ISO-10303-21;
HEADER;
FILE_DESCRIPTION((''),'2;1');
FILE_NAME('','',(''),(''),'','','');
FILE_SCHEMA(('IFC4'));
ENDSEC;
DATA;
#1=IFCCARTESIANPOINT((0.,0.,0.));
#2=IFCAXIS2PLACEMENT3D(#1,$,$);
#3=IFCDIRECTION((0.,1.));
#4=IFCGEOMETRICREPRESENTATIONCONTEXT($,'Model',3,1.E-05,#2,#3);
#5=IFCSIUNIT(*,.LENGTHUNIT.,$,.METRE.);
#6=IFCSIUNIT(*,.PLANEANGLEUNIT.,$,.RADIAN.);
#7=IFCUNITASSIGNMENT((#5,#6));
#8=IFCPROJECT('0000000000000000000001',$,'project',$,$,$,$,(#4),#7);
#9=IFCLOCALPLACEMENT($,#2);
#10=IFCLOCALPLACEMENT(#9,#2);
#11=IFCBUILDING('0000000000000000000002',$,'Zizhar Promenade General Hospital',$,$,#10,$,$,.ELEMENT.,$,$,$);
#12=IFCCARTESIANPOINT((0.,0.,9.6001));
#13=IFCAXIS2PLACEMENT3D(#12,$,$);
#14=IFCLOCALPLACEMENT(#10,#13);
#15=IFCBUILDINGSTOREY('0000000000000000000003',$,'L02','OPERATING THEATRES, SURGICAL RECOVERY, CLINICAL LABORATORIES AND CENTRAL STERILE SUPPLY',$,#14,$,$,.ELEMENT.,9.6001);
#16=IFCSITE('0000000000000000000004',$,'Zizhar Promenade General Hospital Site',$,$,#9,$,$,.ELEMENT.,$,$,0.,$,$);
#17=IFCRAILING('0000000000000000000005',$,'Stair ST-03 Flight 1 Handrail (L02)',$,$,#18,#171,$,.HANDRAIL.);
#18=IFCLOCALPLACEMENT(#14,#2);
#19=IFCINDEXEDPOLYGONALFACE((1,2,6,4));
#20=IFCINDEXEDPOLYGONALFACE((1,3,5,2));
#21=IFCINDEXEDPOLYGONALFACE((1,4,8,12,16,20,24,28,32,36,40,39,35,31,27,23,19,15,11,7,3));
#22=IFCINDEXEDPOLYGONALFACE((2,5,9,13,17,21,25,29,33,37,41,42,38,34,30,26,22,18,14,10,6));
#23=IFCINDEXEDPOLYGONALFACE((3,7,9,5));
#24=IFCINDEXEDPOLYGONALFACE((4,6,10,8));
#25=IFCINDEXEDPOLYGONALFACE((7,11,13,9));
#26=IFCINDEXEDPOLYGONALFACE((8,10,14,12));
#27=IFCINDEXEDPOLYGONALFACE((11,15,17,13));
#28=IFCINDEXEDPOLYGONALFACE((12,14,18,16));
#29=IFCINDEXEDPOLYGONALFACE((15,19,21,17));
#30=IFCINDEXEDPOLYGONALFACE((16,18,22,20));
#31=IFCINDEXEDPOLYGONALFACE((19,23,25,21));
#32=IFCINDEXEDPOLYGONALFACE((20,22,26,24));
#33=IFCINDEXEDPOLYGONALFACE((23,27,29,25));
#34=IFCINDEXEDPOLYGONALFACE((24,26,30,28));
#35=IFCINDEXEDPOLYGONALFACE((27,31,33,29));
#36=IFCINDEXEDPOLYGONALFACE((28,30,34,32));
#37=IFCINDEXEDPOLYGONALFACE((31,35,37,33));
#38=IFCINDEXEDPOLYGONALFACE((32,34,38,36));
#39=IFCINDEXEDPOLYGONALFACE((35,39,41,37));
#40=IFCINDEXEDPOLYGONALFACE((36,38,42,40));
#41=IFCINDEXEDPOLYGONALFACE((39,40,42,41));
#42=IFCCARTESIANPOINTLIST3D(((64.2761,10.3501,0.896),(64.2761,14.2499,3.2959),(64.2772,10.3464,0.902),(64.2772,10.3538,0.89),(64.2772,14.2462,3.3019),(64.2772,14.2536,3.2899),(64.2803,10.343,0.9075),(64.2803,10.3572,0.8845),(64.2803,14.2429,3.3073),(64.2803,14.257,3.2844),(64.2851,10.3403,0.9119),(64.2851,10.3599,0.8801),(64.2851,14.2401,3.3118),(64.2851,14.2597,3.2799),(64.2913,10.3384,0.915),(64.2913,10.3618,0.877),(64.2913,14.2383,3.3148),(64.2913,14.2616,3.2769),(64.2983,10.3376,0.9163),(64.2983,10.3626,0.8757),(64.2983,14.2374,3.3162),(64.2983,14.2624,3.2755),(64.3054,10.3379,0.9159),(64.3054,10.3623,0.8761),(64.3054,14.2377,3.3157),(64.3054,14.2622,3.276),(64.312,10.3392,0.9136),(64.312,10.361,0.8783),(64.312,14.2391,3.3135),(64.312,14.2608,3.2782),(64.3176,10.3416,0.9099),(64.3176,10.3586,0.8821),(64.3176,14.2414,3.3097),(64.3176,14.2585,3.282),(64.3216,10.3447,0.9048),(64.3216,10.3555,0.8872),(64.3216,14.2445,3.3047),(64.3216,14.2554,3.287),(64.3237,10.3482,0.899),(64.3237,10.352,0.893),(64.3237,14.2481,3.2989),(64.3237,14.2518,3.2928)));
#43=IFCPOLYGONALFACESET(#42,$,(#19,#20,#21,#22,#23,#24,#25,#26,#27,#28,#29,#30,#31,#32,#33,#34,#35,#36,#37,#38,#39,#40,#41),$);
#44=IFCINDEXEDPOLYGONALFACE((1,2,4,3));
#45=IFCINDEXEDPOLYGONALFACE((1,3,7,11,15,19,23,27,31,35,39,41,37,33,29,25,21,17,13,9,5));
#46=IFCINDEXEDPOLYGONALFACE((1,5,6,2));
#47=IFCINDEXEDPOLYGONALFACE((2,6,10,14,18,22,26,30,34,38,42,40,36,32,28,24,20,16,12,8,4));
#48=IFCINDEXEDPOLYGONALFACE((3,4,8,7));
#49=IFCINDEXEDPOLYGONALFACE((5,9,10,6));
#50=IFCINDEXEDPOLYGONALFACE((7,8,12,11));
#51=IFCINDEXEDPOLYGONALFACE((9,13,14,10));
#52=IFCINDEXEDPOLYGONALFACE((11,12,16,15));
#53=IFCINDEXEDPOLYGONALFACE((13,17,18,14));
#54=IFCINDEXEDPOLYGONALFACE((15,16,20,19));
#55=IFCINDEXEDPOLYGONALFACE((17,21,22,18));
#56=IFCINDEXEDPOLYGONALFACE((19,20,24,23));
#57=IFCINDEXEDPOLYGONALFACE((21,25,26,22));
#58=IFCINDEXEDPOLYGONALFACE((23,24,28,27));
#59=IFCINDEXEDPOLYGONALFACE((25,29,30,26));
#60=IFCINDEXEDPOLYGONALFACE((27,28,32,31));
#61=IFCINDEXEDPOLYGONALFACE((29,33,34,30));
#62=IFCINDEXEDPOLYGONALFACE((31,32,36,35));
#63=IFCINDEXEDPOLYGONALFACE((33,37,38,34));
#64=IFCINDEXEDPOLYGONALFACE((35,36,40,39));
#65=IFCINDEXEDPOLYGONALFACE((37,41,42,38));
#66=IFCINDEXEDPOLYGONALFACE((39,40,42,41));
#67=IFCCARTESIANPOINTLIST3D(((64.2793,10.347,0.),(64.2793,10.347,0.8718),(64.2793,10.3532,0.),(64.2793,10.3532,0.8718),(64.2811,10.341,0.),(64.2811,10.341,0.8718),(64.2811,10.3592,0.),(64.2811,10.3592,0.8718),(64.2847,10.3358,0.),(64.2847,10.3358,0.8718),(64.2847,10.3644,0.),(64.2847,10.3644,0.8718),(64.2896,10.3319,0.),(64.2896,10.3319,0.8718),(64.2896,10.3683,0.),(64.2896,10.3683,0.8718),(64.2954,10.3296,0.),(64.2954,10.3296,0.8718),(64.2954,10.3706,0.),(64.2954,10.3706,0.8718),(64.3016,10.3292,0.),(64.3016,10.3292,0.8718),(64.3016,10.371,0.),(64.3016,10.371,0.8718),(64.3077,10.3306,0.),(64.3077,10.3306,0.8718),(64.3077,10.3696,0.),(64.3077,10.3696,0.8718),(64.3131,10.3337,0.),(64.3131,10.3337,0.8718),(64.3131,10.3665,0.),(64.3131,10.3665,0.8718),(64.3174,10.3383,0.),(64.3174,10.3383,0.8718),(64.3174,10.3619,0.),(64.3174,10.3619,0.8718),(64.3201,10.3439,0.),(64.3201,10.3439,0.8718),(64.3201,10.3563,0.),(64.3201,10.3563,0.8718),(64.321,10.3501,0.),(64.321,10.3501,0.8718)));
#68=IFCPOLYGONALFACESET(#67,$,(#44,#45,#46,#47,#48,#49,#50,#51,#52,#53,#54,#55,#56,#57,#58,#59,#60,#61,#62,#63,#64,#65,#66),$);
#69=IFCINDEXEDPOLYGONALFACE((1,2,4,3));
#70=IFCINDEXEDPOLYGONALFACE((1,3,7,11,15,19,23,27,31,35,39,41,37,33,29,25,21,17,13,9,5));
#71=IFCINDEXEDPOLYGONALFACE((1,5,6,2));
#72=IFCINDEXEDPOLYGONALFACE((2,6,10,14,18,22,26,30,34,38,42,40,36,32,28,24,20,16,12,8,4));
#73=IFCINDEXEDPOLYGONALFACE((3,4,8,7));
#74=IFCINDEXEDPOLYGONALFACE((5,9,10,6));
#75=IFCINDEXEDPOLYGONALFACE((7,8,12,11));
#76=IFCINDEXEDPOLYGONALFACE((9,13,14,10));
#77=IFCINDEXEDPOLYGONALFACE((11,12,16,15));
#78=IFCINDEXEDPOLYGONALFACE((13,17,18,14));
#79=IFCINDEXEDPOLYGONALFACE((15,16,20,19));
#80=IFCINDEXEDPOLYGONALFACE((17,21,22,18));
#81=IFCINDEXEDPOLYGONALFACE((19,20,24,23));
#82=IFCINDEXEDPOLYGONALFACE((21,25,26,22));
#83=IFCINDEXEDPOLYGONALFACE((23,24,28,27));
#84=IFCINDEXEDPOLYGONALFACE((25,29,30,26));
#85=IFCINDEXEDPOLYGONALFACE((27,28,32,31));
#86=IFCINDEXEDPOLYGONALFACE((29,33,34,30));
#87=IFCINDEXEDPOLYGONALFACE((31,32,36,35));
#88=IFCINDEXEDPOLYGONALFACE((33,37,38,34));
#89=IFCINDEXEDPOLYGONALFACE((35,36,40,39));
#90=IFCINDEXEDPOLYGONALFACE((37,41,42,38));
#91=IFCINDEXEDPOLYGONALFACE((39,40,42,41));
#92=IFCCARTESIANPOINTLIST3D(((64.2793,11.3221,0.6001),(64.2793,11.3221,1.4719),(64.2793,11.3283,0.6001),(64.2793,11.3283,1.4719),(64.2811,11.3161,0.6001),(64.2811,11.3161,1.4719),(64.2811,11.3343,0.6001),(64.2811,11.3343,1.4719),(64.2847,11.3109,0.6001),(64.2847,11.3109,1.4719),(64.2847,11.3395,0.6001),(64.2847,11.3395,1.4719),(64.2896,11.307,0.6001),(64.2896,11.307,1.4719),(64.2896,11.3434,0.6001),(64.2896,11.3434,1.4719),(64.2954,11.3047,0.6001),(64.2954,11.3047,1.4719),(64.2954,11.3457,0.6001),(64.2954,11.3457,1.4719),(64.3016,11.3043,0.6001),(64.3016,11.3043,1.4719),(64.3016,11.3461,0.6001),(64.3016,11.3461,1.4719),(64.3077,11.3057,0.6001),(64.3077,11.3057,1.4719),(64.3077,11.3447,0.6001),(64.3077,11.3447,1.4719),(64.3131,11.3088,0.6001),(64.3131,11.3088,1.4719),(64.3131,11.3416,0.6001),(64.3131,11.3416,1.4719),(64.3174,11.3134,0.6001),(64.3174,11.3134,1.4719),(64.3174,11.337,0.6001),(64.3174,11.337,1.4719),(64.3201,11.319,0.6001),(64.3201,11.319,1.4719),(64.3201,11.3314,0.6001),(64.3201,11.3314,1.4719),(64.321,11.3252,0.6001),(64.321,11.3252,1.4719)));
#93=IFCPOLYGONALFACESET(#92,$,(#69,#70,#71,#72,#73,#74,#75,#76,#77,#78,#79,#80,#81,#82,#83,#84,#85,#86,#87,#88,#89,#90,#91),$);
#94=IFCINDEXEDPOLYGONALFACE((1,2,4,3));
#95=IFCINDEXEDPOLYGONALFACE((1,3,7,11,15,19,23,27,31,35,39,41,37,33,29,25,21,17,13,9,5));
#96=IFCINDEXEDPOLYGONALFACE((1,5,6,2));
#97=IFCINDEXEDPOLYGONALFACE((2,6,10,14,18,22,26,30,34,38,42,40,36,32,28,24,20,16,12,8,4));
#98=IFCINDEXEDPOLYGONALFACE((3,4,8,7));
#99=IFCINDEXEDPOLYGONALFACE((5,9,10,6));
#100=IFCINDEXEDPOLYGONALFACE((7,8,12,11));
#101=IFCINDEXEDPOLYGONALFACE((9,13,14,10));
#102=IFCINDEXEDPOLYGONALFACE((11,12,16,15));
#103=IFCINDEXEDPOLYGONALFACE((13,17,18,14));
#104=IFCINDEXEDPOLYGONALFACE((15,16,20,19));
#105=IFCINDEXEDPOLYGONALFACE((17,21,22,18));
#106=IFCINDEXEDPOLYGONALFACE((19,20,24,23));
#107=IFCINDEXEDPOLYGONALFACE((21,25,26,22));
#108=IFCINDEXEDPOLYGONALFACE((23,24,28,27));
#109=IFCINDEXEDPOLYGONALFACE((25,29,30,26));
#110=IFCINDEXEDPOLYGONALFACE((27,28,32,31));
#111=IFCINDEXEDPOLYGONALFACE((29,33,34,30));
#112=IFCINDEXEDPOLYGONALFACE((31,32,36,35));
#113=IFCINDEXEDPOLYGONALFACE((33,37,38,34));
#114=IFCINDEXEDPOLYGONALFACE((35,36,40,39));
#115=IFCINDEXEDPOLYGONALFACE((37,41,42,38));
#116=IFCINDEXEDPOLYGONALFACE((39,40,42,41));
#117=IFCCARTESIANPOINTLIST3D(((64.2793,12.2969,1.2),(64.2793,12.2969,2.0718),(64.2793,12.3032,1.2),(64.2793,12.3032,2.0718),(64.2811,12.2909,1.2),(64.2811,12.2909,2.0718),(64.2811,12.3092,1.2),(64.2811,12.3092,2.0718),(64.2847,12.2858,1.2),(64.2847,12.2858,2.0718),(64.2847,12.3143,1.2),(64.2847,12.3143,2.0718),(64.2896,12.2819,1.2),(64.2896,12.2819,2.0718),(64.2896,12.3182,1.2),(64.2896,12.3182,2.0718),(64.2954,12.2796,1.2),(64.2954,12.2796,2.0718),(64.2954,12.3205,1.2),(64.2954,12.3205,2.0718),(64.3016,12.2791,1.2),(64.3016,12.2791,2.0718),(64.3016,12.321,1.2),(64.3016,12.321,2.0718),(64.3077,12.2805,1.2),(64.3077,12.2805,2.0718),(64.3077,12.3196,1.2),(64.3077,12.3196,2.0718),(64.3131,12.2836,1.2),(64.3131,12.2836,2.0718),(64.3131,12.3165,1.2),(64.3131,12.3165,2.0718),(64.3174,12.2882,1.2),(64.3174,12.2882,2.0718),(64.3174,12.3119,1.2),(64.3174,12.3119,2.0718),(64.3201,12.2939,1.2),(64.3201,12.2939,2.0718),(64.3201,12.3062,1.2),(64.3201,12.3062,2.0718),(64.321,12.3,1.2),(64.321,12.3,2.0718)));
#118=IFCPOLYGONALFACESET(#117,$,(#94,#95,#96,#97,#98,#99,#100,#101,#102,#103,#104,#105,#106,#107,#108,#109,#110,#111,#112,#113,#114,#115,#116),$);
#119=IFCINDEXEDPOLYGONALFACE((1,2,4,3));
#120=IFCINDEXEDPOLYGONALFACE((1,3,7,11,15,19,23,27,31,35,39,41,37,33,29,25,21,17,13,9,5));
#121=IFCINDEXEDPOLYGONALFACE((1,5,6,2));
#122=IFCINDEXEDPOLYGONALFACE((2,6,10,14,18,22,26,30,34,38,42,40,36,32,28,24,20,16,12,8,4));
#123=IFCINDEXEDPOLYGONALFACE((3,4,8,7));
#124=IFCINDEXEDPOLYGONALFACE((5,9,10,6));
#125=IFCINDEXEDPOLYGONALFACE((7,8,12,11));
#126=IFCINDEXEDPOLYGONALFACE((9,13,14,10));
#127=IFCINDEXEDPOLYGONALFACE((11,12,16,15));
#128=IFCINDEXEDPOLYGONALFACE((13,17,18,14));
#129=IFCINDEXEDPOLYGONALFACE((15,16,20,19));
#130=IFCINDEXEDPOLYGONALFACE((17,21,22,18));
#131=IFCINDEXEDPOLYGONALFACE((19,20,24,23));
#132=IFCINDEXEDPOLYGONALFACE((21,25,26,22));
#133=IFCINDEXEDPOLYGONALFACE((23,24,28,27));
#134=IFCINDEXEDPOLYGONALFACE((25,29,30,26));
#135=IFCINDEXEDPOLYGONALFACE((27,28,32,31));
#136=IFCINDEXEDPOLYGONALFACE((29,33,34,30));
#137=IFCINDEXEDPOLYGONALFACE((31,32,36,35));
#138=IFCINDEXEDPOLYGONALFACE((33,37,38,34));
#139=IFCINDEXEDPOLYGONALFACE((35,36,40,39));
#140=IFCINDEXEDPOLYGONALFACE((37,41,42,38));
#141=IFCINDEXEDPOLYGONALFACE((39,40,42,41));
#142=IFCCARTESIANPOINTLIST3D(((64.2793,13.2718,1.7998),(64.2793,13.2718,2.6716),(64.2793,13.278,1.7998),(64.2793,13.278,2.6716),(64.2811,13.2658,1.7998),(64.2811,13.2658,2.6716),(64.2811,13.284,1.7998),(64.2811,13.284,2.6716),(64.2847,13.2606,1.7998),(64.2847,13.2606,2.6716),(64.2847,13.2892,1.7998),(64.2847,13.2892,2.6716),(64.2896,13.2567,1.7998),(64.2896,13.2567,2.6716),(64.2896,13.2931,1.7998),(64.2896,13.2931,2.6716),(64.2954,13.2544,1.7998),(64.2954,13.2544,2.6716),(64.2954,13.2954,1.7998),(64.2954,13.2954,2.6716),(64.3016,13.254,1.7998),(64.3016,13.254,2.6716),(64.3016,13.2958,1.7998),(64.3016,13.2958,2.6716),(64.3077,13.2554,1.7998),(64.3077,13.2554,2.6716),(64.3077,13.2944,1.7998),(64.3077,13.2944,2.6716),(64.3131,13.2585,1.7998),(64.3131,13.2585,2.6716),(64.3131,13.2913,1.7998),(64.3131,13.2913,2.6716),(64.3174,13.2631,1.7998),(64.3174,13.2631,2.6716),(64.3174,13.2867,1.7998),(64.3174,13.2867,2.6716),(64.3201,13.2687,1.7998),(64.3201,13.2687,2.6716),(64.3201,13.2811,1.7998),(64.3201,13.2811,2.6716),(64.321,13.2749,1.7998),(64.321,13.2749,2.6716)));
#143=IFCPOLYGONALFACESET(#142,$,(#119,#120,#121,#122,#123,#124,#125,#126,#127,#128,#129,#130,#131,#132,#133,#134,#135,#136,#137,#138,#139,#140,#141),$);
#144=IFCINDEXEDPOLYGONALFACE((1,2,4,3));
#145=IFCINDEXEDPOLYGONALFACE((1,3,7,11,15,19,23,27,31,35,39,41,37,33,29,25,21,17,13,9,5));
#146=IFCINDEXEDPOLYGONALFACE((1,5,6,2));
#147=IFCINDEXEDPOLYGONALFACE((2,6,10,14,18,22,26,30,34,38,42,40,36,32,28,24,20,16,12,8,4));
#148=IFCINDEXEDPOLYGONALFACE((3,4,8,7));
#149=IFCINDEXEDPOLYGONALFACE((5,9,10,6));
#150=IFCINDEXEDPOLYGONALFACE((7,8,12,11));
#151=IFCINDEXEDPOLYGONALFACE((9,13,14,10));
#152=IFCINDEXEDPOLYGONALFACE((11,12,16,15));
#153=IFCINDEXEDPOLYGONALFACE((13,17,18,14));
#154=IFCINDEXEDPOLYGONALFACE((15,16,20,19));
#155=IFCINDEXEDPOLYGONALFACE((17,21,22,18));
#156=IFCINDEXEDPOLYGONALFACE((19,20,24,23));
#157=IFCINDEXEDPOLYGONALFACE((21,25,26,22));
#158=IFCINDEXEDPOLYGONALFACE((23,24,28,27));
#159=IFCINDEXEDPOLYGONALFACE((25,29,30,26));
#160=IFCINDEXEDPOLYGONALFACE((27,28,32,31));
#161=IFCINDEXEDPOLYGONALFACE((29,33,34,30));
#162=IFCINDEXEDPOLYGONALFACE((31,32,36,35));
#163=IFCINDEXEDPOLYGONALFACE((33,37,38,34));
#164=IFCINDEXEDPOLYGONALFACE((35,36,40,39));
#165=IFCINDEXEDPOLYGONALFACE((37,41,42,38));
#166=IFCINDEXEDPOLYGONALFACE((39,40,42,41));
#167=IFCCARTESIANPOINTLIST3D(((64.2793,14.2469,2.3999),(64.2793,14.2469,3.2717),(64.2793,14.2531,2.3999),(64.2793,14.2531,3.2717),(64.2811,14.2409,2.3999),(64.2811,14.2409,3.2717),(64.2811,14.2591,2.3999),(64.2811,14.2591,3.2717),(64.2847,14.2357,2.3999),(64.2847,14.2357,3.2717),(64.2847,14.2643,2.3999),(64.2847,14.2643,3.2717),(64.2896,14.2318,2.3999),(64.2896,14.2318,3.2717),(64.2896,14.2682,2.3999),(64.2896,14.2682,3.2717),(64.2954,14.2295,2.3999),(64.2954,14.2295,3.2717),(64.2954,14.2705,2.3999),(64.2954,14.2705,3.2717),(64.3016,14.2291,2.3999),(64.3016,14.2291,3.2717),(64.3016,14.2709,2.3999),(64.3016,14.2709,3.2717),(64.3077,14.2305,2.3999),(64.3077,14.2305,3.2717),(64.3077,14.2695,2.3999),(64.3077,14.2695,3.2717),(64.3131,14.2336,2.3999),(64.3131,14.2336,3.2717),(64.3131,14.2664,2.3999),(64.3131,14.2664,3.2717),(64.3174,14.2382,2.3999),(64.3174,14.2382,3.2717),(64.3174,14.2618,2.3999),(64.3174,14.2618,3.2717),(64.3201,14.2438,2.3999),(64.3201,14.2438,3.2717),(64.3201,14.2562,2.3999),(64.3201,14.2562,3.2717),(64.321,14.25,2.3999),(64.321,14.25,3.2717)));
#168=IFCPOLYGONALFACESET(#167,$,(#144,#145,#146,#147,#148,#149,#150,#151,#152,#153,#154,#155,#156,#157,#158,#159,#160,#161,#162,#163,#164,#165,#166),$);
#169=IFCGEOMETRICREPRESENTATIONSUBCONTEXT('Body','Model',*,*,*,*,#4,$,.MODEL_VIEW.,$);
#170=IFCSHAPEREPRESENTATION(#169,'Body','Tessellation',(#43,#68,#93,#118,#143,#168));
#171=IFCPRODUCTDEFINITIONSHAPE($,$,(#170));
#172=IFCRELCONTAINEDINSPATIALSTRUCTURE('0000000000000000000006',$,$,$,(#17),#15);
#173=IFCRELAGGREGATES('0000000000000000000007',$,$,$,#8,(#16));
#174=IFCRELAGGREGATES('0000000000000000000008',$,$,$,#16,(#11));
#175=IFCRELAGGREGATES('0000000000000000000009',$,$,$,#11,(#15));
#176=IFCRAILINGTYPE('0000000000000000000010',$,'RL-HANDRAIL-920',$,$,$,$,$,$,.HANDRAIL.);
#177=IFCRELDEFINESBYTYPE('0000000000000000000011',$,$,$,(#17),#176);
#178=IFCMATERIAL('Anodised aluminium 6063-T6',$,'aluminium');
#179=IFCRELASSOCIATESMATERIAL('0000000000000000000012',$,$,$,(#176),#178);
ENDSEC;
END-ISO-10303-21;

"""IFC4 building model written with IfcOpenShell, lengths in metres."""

from ifc_helpers import new_model, si_unit, direction, frame, origin, origin_2d, place, context, subcontext, project, spatial, circle, hollow_circle, extrude, material, material_profile, profile_set, type_object, element, save


model = new_model("IFC4")

# Units and contexts
model_context = context("Model", 3, precision=1e-05, world=origin(), true_north=direction((0.0, 1.0)))
body_context = subcontext(model_context, "Body", "Model", "MODEL_VIEW")
ifc_project = project(units=[si_unit("LENGTHUNIT", "METRE"), si_unit("PLANEANGLEUNIT", "RADIAN")], contexts=[model_context])

# Site, building, storey
site_placement = place(None, origin())
site = spatial("IfcSite", under=ifc_project, at=site_placement, Name="Zizhar Promenade General Hospital Site", CompositionType="ELEMENT", RefElevation=0.0)
building_placement = place(site_placement, origin())
building = spatial("IfcBuilding", under=site, at=building_placement, Name="Zizhar Promenade General Hospital", CompositionType="ELEMENT")
storey_placement = place(building_placement, frame((0.0, 0.0, 9.6001)))
storey = spatial("IfcBuildingStorey", under=building, at=storey_placement, Name="L02", Description="OPERATING THEATRES, SURGICAL RECOVERY, CLINICAL LABORATORIES AND CENTRAL STERILE SUPPLY", CompositionType="ELEMENT", Elevation=9.6001)

# Railing
ifc_material_1 = material(Name="Anodised aluminium 6063-T6", Category="aluminium")
ifc_material_profile_1 = material_profile(ifc_material_1, hollow_circle(Radius=0.0698, WallThickness=0.0063, at=origin_2d()))
ifc_profile_set_1 = profile_set([ifc_material_profile_1], Name="Anodised aluminium 6063-T6")
railing_type_1 = type_object("IfcRailingType", Name="RL-HANDRAIL-920", PredefinedType="HANDRAIL", material=ifc_profile_set_1)
railing_placement = place(storey_placement, frame((64.3, 10.3501, 0.0)))
element("IfcRailing", 1, at=railing_placement, inside=storey, type_object=railing_type_1, Name="Stair ST-03 Flight 1 Handrail (L02)", PredefinedType="HANDRAIL", context=body_context, shape_type="SweptSolid", body=[
    extrude(circle(Radius=0.0239, at=origin_2d()), frame((0.0, 0.0, 0.896), z_axis=(0.0, 0.851662, 0.524091), x_axis=(-1.0, 0.0, 0.0)), (0.0, 0.0, 1.0), 4.5791),
    extrude(circle(Radius=0.021, at=origin_2d()), origin(), (0.0, 0.0, 1.0), 0.8718),
    extrude(circle(Radius=0.021, at=origin_2d()), frame((0.0, 0.9751, 0.6001)), (0.0, 0.0, 1.0), 0.8718),
    extrude(circle(Radius=0.021, at=origin_2d()), frame((0.0, 1.95, 1.2)), (0.0, 0.0, 1.0), 0.8718),
    extrude(circle(Radius=0.021, at=origin_2d()), frame((0.0, 2.9248, 1.7998)), (0.0, 0.0, 1.0), 0.8718),
    extrude(circle(Radius=0.021, at=origin_2d()), frame((0.0, 3.8999, 2.3999)), (0.0, 0.0, 1.0), 0.8718),
])

save(model, "model.ifc")
